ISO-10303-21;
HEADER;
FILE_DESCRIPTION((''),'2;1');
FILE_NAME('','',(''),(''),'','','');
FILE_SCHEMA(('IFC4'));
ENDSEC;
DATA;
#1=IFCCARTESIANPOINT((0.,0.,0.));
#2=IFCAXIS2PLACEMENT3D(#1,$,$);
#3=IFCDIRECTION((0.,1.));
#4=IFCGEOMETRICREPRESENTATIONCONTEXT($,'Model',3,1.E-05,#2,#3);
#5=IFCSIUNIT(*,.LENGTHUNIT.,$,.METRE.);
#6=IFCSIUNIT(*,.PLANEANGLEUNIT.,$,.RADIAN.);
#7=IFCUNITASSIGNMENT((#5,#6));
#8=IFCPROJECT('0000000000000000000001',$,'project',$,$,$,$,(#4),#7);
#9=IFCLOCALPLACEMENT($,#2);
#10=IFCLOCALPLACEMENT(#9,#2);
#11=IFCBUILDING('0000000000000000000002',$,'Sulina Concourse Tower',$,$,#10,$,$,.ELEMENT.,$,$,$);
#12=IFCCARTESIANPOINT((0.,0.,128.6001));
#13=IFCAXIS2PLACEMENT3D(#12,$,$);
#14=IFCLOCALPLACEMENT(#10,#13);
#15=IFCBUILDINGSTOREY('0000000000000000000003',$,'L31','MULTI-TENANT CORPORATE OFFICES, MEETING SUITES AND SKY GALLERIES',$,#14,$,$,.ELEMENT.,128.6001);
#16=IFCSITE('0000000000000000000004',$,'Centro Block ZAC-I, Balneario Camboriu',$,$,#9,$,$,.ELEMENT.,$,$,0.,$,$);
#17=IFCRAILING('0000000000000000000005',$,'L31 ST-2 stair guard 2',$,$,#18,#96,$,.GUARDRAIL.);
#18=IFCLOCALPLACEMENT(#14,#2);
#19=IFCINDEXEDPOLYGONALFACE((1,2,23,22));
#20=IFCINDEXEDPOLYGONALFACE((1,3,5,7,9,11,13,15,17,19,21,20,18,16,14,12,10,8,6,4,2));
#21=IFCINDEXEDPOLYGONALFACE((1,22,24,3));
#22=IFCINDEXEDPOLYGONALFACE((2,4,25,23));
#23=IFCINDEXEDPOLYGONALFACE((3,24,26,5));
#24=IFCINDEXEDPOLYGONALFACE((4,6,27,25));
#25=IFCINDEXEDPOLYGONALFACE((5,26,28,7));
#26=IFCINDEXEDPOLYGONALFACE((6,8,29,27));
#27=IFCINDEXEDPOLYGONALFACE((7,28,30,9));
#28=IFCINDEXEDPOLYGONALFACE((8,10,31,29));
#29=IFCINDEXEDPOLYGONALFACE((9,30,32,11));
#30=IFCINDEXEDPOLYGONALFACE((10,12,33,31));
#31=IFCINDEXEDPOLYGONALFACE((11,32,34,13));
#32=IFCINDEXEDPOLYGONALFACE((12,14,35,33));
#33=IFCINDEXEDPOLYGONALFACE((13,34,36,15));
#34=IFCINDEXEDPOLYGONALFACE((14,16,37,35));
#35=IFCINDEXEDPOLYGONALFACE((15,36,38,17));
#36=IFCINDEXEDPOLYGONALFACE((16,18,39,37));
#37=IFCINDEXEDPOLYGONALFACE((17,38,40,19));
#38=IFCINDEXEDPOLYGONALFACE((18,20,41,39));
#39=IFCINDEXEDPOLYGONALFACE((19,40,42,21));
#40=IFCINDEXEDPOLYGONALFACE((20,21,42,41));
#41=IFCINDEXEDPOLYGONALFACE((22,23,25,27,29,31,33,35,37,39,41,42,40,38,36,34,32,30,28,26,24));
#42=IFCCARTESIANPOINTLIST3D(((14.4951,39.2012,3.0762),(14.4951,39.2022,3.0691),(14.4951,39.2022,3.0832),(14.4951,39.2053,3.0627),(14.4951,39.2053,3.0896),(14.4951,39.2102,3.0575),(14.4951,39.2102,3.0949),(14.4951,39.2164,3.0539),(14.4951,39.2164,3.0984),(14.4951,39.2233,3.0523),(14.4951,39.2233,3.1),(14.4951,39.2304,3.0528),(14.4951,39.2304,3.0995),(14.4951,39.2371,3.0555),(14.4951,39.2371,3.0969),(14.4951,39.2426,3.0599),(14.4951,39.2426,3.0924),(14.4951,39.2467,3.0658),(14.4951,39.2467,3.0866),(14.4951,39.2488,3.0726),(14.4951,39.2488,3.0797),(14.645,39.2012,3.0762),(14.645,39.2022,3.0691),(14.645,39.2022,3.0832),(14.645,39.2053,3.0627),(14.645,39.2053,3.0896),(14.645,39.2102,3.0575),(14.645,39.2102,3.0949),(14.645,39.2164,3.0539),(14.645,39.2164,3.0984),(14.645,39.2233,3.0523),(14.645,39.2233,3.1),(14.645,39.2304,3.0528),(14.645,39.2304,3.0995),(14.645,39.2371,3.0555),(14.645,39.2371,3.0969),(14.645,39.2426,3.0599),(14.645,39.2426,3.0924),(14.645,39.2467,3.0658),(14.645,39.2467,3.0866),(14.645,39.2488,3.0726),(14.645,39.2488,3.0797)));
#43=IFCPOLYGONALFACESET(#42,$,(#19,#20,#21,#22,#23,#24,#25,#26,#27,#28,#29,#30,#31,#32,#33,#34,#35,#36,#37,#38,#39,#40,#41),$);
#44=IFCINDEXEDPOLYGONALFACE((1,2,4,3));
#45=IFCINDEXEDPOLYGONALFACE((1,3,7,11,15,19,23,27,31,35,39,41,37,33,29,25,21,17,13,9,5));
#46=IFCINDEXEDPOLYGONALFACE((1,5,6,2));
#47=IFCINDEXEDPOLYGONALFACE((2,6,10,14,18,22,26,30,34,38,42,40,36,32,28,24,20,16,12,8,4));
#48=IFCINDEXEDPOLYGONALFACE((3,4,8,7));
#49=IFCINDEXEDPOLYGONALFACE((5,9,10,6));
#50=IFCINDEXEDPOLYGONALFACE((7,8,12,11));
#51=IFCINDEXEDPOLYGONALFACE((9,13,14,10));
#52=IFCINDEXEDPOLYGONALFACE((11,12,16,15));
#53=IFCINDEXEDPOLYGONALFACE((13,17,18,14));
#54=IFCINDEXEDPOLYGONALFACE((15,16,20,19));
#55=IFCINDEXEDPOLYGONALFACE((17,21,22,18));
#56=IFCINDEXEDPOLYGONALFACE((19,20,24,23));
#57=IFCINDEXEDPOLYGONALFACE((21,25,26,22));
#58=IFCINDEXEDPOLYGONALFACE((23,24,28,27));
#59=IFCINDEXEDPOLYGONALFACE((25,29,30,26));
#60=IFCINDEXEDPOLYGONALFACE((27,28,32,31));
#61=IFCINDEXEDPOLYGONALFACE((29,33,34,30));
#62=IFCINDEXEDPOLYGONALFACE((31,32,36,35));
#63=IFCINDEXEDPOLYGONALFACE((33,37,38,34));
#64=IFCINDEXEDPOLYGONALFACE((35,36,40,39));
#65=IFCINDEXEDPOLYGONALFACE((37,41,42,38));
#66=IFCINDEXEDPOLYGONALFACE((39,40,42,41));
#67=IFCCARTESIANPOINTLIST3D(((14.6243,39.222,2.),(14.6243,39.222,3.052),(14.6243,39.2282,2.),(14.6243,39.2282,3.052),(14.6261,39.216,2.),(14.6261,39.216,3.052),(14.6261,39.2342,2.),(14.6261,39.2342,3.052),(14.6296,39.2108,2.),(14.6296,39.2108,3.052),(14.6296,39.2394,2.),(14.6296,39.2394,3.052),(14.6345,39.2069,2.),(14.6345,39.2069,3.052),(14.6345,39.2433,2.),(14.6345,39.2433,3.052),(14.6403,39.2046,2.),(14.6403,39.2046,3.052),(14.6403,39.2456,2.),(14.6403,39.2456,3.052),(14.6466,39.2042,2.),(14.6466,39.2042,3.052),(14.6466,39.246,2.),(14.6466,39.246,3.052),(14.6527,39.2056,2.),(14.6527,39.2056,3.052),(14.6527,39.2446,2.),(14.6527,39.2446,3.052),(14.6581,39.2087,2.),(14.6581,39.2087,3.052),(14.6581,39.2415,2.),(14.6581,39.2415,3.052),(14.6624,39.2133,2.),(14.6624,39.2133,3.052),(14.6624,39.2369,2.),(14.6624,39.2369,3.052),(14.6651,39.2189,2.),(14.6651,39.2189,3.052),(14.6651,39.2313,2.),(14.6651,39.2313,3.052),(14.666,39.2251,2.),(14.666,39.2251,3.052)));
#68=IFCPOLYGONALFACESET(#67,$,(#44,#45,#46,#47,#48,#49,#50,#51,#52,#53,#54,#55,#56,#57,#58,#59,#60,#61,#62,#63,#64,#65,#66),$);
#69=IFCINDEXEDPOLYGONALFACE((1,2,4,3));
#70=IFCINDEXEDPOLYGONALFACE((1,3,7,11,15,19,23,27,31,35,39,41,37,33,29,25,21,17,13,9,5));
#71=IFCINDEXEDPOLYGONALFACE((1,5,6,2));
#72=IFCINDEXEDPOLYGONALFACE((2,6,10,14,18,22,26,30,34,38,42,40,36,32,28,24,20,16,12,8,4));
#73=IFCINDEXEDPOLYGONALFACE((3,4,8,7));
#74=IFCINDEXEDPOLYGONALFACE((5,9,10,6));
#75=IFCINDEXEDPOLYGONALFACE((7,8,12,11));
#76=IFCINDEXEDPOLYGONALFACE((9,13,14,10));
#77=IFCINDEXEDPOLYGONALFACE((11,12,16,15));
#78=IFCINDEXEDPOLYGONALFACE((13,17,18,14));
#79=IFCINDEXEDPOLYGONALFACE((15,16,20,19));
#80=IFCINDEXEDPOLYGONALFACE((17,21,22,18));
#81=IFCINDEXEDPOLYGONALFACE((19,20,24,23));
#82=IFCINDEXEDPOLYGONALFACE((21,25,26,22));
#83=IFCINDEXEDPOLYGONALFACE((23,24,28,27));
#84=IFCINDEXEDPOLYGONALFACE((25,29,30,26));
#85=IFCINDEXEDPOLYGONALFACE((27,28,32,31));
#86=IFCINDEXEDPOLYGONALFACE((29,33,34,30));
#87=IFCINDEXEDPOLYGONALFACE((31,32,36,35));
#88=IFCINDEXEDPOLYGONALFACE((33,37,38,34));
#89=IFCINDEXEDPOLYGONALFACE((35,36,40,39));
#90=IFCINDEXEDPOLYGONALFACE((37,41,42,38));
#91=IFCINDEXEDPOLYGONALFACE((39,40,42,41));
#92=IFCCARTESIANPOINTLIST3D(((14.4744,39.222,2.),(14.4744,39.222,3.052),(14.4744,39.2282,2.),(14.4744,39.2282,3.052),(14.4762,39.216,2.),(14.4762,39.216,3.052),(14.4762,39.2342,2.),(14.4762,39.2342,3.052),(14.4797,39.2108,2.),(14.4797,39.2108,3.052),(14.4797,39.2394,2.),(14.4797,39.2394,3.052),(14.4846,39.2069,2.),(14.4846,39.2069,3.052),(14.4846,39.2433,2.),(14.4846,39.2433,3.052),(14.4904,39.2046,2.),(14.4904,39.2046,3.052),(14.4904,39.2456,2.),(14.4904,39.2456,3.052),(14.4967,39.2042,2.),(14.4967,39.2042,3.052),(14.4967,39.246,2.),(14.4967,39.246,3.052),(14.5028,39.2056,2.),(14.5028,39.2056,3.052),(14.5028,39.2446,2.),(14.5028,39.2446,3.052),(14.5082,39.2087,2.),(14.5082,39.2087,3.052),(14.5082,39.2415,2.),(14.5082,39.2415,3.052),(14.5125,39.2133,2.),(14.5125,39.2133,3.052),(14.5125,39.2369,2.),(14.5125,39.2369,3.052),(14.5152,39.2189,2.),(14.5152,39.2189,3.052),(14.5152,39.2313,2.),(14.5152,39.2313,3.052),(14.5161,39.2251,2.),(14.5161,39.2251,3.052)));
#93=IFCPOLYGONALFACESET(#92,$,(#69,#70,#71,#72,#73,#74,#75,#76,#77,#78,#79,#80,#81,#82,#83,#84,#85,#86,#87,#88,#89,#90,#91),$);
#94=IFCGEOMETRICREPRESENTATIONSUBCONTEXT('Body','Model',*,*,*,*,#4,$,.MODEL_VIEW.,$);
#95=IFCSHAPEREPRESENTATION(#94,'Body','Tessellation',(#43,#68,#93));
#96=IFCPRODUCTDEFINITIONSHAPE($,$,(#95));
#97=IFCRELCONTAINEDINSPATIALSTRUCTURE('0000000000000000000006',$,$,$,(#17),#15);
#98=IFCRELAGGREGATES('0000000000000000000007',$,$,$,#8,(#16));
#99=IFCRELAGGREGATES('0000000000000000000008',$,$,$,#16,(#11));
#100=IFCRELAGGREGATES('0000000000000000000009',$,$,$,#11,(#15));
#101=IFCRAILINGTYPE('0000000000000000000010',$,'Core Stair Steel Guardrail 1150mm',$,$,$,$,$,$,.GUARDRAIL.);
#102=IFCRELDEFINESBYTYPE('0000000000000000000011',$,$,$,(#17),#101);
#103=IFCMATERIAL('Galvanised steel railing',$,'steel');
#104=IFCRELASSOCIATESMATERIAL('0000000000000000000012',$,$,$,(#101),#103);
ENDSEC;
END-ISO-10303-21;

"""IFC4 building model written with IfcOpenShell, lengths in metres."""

from ifc_helpers import new_model, si_unit, direction, frame, origin, origin_2d, place, context, subcontext, project, spatial, circle, extrude, material, type_object, element, save


model = new_model("IFC4")

# Units and contexts
model_context = context("Model", 3, precision=1e-05, world=origin(), true_north=direction((0.0, 1.0)))
body_context = subcontext(model_context, "Body", "Model", "MODEL_VIEW")
ifc_project = project(units=[si_unit("LENGTHUNIT", "METRE"), si_unit("PLANEANGLEUNIT", "RADIAN")], contexts=[model_context])

# Site, building, storey
site_placement = place(None, origin())
site = spatial("IfcSite", under=ifc_project, at=site_placement, Name="Centro Block ZAC-I, Balneario Camboriu", CompositionType="ELEMENT", RefElevation=0.0)
building_placement = place(site_placement, origin())
building = spatial("IfcBuilding", under=site, at=building_placement, Name="Sulina Concourse Tower", CompositionType="ELEMENT")
storey_placement = place(building_placement, frame((0.0, 0.0, 128.6001)))
storey = spatial("IfcBuildingStorey", under=building, at=storey_placement, Name="L31", Description="MULTI-TENANT CORPORATE OFFICES, MEETING SUITES AND SKY GALLERIES", CompositionType="ELEMENT", Elevation=128.6001)

# Railing
ifc_material_1 = material(Name="Galvanised steel railing", Category="steel")
railing_type_1 = type_object("IfcRailingType", Name="Core Stair Steel Guardrail 1150mm", PredefinedType="GUARDRAIL", material=ifc_material_1)
railing_1_placement = place(storey_placement, frame((14.645, 39.2251, 2.0)))
element("IfcRailing", 1, at=railing_1_placement, inside=storey, type_object=railing_type_1, Name="L31 ST-2 stair guard 2", PredefinedType="GUARDRAIL", context=body_context, shape_type="SweptSolid", body=[
    extrude(circle(Radius=0.0239, at=origin_2d()), frame((0.0, 0.0, 1.0762), z_axis=(-1.0, 0.0, 0.0), x_axis=(0.0, -1.0, 0.0)), (0.0, 0.0, 1.0), 0.1499),
    extrude(circle(Radius=0.021, at=origin_2d()), origin(), (0.0, 0.0, 1.0), 1.052),
    extrude(circle(Radius=0.021, at=origin_2d()), frame((-0.1499, 0.0, 0.0)), (0.0, 0.0, 1.0), 1.052),
])

save(model, "model.ifc")
